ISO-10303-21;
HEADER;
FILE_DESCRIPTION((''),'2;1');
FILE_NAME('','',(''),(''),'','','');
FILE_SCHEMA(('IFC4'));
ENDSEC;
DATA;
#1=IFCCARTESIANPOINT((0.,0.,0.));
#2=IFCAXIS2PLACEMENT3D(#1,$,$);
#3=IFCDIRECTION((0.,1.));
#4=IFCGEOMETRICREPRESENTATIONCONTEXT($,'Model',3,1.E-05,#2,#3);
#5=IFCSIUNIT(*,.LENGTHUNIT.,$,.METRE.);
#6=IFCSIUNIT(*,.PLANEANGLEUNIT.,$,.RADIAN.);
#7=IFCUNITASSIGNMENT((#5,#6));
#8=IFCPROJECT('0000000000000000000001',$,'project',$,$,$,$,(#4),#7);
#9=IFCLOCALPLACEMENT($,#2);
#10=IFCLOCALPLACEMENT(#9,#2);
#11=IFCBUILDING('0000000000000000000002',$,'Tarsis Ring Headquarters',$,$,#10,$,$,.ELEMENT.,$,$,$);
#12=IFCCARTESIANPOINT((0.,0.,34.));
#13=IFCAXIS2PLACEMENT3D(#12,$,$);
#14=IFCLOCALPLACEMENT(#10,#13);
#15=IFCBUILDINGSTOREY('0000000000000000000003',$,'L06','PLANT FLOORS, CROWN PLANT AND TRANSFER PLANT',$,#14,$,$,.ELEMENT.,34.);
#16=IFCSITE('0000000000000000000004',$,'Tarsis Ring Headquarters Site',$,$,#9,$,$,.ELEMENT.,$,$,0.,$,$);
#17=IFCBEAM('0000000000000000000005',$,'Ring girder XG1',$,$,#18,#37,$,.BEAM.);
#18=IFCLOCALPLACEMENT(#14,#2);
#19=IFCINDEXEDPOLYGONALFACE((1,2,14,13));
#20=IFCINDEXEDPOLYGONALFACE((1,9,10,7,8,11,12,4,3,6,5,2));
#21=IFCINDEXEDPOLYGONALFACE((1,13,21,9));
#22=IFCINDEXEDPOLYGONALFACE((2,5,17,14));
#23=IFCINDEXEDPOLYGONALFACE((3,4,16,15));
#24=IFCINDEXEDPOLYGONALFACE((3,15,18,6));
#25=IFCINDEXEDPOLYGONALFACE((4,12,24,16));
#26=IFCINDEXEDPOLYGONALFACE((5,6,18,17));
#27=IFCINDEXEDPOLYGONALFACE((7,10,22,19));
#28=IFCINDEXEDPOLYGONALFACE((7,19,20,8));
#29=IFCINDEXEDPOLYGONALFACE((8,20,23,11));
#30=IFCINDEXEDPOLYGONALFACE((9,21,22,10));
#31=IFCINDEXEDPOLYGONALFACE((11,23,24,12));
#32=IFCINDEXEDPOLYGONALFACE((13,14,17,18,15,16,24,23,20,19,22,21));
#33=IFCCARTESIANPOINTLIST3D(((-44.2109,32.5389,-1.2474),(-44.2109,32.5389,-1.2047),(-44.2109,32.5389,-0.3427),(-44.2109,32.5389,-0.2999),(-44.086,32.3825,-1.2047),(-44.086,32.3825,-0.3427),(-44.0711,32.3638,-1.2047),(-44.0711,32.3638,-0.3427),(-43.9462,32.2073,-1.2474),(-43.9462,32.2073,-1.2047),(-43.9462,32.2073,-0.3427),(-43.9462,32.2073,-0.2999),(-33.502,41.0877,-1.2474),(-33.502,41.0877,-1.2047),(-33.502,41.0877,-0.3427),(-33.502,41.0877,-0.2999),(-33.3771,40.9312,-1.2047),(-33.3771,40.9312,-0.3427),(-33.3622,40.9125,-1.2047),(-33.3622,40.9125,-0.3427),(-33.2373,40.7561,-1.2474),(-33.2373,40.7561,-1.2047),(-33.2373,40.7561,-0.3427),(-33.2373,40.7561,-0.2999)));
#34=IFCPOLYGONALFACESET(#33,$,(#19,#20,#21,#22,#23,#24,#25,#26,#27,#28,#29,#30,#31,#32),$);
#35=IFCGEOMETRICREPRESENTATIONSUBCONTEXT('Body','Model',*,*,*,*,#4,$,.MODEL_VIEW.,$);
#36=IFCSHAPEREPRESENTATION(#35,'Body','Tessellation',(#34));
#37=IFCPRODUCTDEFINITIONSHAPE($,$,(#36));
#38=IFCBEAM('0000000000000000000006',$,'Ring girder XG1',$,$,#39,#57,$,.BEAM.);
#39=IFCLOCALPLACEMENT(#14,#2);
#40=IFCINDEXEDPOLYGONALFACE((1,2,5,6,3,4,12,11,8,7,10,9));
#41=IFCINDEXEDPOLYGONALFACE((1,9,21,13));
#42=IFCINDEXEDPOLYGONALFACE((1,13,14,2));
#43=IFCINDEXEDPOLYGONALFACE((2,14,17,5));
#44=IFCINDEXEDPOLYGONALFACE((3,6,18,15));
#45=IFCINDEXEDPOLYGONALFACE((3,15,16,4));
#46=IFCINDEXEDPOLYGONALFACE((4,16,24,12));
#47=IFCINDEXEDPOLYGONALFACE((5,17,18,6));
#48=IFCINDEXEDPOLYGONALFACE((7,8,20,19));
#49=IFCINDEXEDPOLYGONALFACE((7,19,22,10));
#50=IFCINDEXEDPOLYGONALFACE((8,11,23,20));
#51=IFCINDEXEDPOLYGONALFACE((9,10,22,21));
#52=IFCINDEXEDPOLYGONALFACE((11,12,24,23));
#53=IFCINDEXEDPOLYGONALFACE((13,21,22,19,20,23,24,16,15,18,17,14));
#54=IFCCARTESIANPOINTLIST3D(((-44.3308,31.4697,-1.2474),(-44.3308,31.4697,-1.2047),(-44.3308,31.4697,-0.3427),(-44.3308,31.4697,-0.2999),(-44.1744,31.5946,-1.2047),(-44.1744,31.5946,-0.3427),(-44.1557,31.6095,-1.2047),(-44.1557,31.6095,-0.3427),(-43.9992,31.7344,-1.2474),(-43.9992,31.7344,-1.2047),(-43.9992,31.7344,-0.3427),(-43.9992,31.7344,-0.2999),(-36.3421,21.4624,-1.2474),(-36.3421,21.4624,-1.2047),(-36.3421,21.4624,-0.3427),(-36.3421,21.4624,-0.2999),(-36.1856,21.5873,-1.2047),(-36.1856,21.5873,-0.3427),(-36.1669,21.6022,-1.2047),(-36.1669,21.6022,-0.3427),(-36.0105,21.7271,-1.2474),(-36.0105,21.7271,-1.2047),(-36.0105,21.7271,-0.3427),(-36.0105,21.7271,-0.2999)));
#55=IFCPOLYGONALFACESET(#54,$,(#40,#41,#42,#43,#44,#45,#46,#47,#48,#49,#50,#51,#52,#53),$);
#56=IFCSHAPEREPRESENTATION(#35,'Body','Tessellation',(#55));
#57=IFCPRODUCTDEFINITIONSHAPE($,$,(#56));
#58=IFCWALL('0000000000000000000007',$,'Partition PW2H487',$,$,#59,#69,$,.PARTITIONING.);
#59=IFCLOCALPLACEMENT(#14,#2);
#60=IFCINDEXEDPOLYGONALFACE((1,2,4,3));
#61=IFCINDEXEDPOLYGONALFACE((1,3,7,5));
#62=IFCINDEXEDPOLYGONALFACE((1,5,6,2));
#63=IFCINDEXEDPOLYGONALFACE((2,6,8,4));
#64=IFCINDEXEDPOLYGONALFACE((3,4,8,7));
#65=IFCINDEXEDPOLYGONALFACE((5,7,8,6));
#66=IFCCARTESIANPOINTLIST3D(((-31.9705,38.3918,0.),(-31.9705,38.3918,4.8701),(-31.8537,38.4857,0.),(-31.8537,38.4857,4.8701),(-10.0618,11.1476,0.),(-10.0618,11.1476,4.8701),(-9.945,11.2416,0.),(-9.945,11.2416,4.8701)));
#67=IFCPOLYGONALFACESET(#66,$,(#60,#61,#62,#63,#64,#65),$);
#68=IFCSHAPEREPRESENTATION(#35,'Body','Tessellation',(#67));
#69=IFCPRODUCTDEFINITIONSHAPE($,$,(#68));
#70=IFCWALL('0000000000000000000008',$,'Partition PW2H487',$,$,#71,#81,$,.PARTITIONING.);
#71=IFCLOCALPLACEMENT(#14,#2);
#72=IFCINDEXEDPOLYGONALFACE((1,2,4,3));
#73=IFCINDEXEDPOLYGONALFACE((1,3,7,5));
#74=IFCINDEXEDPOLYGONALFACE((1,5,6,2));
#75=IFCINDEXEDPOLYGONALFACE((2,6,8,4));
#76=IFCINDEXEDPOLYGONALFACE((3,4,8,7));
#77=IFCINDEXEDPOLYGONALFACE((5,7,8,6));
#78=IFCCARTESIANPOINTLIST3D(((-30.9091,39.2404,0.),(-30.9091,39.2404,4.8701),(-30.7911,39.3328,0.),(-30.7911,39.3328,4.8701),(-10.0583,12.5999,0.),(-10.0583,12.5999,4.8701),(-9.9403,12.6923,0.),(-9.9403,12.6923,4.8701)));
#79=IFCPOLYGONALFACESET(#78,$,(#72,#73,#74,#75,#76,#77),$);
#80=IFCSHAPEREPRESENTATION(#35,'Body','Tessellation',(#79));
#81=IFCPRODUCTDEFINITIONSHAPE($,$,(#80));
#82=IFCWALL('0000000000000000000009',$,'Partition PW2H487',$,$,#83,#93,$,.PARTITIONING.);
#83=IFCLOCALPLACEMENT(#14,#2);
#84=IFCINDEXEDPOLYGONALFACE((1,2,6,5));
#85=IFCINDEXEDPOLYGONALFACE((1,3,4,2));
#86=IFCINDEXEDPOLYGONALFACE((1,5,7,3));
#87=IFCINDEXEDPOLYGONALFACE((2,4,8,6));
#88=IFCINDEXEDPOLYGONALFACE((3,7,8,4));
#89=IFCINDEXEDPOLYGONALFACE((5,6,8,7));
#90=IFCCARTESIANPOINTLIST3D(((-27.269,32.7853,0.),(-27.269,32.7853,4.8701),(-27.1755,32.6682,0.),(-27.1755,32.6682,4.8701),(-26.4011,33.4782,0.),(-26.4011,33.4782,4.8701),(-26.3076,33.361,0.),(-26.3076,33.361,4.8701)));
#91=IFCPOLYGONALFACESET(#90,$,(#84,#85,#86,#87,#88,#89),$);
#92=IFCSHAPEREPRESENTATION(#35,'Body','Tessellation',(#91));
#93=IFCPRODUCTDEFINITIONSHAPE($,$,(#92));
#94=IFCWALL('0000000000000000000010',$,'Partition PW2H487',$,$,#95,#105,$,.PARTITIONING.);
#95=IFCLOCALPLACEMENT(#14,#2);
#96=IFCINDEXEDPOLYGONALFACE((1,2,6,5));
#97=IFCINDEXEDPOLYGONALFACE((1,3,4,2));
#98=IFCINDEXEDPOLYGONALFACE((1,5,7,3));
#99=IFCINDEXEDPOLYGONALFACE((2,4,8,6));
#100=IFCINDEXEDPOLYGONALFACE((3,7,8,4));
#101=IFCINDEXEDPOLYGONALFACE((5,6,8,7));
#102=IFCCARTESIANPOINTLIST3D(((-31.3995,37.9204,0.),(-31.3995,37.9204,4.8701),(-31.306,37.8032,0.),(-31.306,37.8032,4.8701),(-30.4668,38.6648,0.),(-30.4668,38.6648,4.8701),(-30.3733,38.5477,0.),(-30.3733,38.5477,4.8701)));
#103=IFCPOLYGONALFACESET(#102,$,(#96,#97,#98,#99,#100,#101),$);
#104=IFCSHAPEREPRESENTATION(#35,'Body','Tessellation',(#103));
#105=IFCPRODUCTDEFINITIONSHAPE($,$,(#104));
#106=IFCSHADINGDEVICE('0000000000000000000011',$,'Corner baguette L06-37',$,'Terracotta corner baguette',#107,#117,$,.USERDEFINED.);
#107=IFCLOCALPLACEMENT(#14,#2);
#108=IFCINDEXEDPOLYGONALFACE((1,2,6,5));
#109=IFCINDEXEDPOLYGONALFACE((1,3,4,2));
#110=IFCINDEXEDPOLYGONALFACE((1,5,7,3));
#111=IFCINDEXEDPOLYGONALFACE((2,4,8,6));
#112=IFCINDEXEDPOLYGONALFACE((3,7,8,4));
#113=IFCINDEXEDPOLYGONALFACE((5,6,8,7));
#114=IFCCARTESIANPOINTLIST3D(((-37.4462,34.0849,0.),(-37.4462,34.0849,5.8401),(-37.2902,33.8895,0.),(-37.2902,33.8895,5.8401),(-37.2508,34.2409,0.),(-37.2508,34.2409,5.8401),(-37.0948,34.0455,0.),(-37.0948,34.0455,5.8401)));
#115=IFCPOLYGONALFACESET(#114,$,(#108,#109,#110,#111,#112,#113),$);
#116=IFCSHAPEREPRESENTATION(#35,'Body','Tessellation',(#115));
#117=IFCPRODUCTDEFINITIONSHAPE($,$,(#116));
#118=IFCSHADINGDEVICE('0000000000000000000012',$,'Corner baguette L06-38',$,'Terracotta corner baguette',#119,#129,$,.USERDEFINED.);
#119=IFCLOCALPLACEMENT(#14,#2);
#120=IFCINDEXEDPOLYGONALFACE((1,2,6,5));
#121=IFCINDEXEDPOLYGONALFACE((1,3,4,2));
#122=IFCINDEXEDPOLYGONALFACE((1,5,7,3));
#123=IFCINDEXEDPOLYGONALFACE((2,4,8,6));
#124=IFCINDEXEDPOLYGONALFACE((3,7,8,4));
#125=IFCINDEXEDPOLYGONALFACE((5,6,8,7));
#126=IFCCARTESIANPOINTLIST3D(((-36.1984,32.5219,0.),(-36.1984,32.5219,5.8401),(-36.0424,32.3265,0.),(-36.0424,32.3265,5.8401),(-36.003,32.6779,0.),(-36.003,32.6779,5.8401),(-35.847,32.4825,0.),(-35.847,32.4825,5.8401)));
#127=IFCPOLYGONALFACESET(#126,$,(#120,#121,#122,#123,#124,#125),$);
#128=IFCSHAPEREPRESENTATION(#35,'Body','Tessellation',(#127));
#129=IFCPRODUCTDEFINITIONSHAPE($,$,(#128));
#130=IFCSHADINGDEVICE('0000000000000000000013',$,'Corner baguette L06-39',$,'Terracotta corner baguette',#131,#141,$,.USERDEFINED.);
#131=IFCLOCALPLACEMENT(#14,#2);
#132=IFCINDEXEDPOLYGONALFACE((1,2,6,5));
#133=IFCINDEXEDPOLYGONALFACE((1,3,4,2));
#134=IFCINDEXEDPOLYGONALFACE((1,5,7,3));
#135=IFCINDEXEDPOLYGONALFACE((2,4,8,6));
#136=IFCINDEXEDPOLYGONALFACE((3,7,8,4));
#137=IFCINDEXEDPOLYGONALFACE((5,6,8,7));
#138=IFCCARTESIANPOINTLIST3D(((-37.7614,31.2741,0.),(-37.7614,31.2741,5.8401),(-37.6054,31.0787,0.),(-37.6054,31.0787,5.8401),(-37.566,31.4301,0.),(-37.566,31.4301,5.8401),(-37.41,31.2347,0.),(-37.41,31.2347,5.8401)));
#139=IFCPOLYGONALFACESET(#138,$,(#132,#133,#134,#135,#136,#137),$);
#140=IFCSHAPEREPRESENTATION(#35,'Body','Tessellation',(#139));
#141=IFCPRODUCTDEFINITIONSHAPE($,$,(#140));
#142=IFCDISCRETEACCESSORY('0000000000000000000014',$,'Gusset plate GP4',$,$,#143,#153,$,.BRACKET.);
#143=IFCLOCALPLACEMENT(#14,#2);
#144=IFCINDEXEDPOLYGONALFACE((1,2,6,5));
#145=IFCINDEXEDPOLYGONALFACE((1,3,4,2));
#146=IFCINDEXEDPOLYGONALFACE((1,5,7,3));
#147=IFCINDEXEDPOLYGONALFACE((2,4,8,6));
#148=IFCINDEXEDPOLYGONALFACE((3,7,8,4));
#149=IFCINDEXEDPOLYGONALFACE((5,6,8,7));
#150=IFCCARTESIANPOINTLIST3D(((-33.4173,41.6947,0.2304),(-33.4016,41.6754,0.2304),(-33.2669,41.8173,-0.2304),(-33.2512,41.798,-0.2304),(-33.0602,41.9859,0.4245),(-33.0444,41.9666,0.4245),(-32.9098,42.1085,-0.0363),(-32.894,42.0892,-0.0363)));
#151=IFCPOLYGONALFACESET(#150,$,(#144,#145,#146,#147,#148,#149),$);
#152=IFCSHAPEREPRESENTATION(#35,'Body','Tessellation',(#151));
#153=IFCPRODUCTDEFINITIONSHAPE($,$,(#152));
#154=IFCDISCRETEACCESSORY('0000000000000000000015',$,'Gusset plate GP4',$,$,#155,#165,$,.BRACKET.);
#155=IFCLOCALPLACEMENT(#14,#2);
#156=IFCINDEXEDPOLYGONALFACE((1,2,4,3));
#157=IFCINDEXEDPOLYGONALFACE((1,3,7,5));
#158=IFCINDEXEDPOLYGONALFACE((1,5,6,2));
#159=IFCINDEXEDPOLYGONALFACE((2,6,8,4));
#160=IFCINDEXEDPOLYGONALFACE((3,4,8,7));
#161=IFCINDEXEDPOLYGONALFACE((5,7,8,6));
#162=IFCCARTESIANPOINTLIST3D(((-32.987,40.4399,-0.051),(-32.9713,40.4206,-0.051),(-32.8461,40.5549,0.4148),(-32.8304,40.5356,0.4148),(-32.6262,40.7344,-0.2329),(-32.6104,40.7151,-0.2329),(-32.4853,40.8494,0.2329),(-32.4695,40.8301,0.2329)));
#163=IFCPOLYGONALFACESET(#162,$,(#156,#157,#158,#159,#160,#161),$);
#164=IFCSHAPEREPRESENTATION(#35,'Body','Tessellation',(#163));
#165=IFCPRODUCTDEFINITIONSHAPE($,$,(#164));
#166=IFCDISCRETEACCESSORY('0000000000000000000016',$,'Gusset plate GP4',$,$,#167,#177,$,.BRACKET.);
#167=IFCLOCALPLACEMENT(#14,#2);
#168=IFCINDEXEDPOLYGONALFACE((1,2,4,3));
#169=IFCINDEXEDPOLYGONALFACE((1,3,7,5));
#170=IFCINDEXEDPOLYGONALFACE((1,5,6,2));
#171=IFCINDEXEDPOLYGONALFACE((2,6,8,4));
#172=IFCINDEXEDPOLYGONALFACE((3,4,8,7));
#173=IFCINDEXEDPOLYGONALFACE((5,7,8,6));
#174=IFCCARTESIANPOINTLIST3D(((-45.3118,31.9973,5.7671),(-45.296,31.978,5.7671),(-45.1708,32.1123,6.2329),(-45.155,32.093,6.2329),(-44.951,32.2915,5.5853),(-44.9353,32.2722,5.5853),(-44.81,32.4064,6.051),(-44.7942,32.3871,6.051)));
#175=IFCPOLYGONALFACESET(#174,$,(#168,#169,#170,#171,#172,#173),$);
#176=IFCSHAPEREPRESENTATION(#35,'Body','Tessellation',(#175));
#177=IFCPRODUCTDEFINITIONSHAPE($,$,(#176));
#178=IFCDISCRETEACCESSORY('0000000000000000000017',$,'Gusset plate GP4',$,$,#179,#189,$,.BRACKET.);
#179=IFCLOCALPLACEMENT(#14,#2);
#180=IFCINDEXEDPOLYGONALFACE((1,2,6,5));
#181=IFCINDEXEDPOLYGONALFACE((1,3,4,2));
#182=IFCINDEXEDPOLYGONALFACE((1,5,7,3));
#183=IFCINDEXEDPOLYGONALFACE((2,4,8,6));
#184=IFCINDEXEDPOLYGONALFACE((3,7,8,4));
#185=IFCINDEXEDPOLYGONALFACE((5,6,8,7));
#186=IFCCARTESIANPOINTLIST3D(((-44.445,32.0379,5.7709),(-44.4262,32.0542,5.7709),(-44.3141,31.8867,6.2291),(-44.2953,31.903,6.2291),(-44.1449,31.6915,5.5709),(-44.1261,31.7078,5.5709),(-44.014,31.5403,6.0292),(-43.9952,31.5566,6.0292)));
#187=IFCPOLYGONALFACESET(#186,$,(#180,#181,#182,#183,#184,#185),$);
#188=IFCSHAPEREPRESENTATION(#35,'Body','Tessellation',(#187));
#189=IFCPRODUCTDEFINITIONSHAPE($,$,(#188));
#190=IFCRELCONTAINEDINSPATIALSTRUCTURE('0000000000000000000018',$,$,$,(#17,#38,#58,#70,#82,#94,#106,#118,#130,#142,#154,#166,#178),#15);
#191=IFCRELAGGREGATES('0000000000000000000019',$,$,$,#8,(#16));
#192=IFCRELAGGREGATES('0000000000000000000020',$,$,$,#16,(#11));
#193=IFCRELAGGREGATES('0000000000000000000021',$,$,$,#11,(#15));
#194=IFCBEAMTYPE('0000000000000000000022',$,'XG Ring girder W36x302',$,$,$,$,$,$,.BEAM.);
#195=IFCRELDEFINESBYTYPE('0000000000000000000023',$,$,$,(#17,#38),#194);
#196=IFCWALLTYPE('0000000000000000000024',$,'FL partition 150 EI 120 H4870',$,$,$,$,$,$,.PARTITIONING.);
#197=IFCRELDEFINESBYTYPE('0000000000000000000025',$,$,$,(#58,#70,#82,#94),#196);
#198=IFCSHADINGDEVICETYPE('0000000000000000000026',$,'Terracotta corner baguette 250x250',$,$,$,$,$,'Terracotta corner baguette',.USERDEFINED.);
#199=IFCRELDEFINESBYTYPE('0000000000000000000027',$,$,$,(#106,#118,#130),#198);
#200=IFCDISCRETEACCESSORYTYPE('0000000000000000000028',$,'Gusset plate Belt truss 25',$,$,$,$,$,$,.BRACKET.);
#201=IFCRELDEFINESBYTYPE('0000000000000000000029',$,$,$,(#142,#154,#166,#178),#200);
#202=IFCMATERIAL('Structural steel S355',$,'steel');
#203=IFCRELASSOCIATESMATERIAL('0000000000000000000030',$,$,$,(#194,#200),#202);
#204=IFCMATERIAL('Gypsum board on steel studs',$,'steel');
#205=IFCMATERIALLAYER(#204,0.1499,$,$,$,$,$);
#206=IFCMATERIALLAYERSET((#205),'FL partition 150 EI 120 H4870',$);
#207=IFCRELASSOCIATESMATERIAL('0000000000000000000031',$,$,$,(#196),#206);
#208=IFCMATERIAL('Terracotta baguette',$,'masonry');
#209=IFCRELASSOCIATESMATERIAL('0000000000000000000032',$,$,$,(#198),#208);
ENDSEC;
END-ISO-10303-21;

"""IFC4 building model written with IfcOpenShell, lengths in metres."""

from ifc_helpers import new_model, si_unit, direction, frame, frame_2d, origin, origin_2d, place, context, subcontext, project, spatial, rectangle, i_section, extrude, material, layer, layer_set, material_profile, profile_set, type_object, element, save


model = new_model("IFC4")

# Units and contexts
model_context = context("Model", 3, precision=1e-05, world=origin(), true_north=direction((0.0, 1.0)))
body_context = subcontext(model_context, "Body", "Model", "MODEL_VIEW")
ifc_project = project(units=[si_unit("LENGTHUNIT", "METRE"), si_unit("PLANEANGLEUNIT", "RADIAN")], contexts=[model_context])

# Site, building, storey
site_placement = place(None, origin())
site = spatial("IfcSite", under=ifc_project, at=site_placement, Name="Tarsis Ring Headquarters Site", CompositionType="ELEMENT", RefElevation=0.0)
building_placement = place(site_placement, origin())
building = spatial("IfcBuilding", under=site, at=building_placement, Name="Tarsis Ring Headquarters", CompositionType="ELEMENT")
storey_placement = place(building_placement, frame((0.0, 0.0, 34.0)))
storey = spatial("IfcBuildingStorey", under=building, at=storey_placement, Name="L06", Description="PLANT FLOORS, CROWN PLANT AND TRANSFER PLANT", CompositionType="ELEMENT", Elevation=34.0)

# Shared definitions
ifc_material_1 = material(Name="Structural steel S355", Category="steel")

# Beams
ifc_material_profile_1 = material_profile(ifc_material_1, i_section(OverallWidth=0.4243, OverallDepth=0.9475, WebThickness=0.0239, FlangeThickness=0.0427, at=origin_2d()), Name="W36x302")
ifc_profile_set_1 = profile_set([ifc_material_profile_1], Name="Structural steel S355")
beam_type = type_object("IfcBeamType", Name="XG Ring girder W36x302", PredefinedType="BEAM", material=ifc_profile_set_1)
beam_1_placement = place(storey_placement, frame((-33.3696, 40.9219, -0.7737), z_axis=(-0.781522, -0.623878, 0.0), x_axis=(0.623878, -0.781522, 0.0)))
element("IfcBeam", 1, at=beam_1_placement, inside=storey, type_object=beam_type, Name="Ring girder XG1", PredefinedType="BEAM", context=body_context, shape_type="SweptSolid", body=[
    extrude(i_section(OverallWidth=0.4243, OverallDepth=0.9475, WebThickness=0.0239, FlangeThickness=0.0427, at=origin_2d()), origin(), (0.0, 0.0, 1.0), 13.7026),
])
beam_2_placement = place(storey_placement, frame((-44.165, 31.6021, -0.7737), z_axis=(0.623881, -0.781519, 0.0), x_axis=(0.781519, 0.623881, 0.0)))
element("IfcBeam", 2, at=beam_2_placement, inside=storey, type_object=beam_type, Name="Ring girder XG1", PredefinedType="BEAM", context=body_context, shape_type="SweptSolid", body=[
    extrude(i_section(OverallWidth=0.4243, OverallDepth=0.9475, WebThickness=0.0239, FlangeThickness=0.0427, at=origin_2d()), origin(), (0.0, 0.0, 1.0), 12.8049),
])

# Walls
ifc_material_2 = material(Name="Gypsum board on steel studs", Category="steel")
ifc_layer = layer(ifc_material_2, 0.1499)
ifc_layer_set = layer_set([ifc_layer], Name="FL partition 150 EI 120 H4870")
wall_type = type_object("IfcWallType", Name="FL partition 150 EI 120 H4870", PredefinedType="PARTITIONING", material=ifc_layer_set)
wall_1_placement = place(storey_placement, frame((-31.9121, 38.4387, 0.0), z_axis=(0.0, 0.0, 1.0), x_axis=(0.626671, -0.779284, 0.0)))
element("IfcWall", 3, at=wall_1_placement, inside=storey, type_object=wall_type, Name="Partition PW2H487", PredefinedType="PARTITIONING", context=body_context, shape_type="SweptSolid", body=[
    extrude(rectangle(XDim=34.9604, YDim=0.1499, at=frame_2d((17.4802, 0.0))), origin(), (0.0, 0.0, 1.0), 4.8701),
])
wall_2_placement = place(storey_placement, frame((-30.8501, 39.2866, 0.0), z_axis=(0.0, 0.0, 1.0), x_axis=(0.616338, -0.787481, 0.0)))
element("IfcWall", 4, at=wall_2_placement, inside=storey, type_object=wall_type, Name="Partition PW2H487", PredefinedType="PARTITIONING", context=body_context, shape_type="SweptSolid", body=[
    extrude(rectangle(XDim=33.8301, YDim=0.1499, at=frame_2d((16.915, 0.0))), origin(), (0.0, 0.0, 1.0), 4.8701),
])
wall_3_placement = place(storey_placement, frame((-27.2222, 32.7268, 0.0), z_axis=(0.0, 0.0, 1.0), x_axis=(0.781512, 0.62389, 0.0)))
element("IfcWall", 5, at=wall_3_placement, inside=storey, type_object=wall_type, Name="Partition PW2H487", PredefinedType="PARTITIONING", context=body_context, shape_type="SweptSolid", body=[
    extrude(rectangle(XDim=1.1106, YDim=0.1499, at=frame_2d((0.5552, 0.0))), origin(), (0.0, 0.0, 1.0), 4.8701),
])
wall_4_placement = place(storey_placement, frame((-31.3528, 37.8618, 0.0), z_axis=(0.0, 0.0, 1.0), x_axis=(0.781567, 0.623821, 0.0)))
element("IfcWall", 6, at=wall_4_placement, inside=storey, type_object=wall_type, Name="Partition PW2H487", PredefinedType="PARTITIONING", context=body_context, shape_type="SweptSolid", body=[
    extrude(rectangle(XDim=1.1934, YDim=0.1499, at=frame_2d((0.5967, 0.0))), origin(), (0.0, 0.0, 1.0), 4.8701),
])

# Shading devices
ifc_material_3 = material(Name="Terracotta baguette", Category="masonry")
shading_device_type_1 = type_object("IfcShadingDeviceType", Name="Terracotta corner baguette 250x250", ElementType="Terracotta corner baguette", PredefinedType="USERDEFINED", material=ifc_material_3)
for number, where, z_axis, x_axis, name in (
    (7, (-37.2705, 34.0652, 0.0), (0.0, 0.0, 1.0), (-0.781521, -0.62388, 0.0), "Corner baguette L06-37"),
    (8, (-36.0227, 32.5022, 0.0), (0.0, 0.0, 1.0), (0.62388, -0.781521, 0.0), "Corner baguette L06-38"),
    (9, (-37.5857, 31.2544, 0.0), (0.0, 0.0, 1.0), (-0.78152, -0.62388, 0.0), "Corner baguette L06-39"),
):
    element("IfcShadingDevice", number, at=place(storey_placement, frame(where, z_axis=z_axis, x_axis=x_axis)), inside=storey, type_object=shading_device_type_1, Name=name, ObjectType="Terracotta corner baguette", PredefinedType="USERDEFINED", context=body_context, shape_type="SweptSolid", body=[
        extrude(rectangle(XDim=0.25, YDim=0.25, at=origin_2d()), origin(), (0.0, 0.0, 1.0), 5.8401),
    ])

# Discrete accessories
ifc_material_profile_2 = material_profile(ifc_material_1, rectangle(XDim=0.0249, YDim=0.5, at=origin_2d()), Name="PL 25x500")
ifc_profile_set_2 = profile_set([ifc_material_profile_2], Name="Structural steel S355")
discrete_accessory_type_1 = type_object("IfcDiscreteAccessoryType", Name="Gusset plate Belt truss 25", PredefinedType="BRACKET", material=ifc_profile_set_2)
for number, where, z_axis, x_axis, name in (
    (10, (-33.3342, 41.7463, 0.0), (0.714241, 0.582427, 0.388122), (-0.631968, 0.774995, 0.0), "Gusset plate GP4"),
    (11, (-32.5479, 40.7822, 0.0), (-0.721711, -0.588892, 0.363785), (0.63221, -0.774797, 0.0), "Gusset plate GP4"),
):
    element("IfcDiscreteAccessory", number, at=place(storey_placement, frame(where, z_axis=z_axis, x_axis=x_axis)), inside=storey, type_object=discrete_accessory_type_1, Name=name, PredefinedType="BRACKET", context=body_context, shape_type="SweptSolid", body=[
        extrude(rectangle(XDim=0.0249, YDim=0.5, at=origin_2d()), origin(), (0.0, 0.0, 1.0), 0.5),
    ])
discrete_accessory_1_placement = place(storey_placement, frame((-45.2334, 32.0452, 6.0), z_axis=(0.721918, 0.588573, -0.36389), x_axis=(-0.631895, 0.775054, 0.0)))
element("IfcDiscreteAccessory", 12, at=discrete_accessory_1_placement, inside=storey, type_object=discrete_accessory_type_1, Name="Gusset plate GP4", PredefinedType="BRACKET", context=body_context, shape_type="SweptSolid", body=[
    extrude(rectangle(XDim=0.0249, YDim=0.5, at=origin_2d()), origin(), (0.0, 0.0, 1.0), 0.4998),
])
discrete_accessory_2_placement = place(storey_placement, frame((-44.3701, 31.9705, 6.0), z_axis=(0.600065, -0.692833, -0.39988), x_axis=(0.7559, 0.654687, 0.0)))
element("IfcDiscreteAccessory", 13, at=discrete_accessory_2_placement, inside=storey, type_object=discrete_accessory_type_1, Name="Gusset plate GP4", PredefinedType="BRACKET", context=body_context, shape_type="SweptSolid", body=[
    extrude(rectangle(XDim=0.0249, YDim=0.5, at=origin_2d()), origin(), (0.0, 0.0, 1.0), 0.5),
])

save(model, "model.ifc")
